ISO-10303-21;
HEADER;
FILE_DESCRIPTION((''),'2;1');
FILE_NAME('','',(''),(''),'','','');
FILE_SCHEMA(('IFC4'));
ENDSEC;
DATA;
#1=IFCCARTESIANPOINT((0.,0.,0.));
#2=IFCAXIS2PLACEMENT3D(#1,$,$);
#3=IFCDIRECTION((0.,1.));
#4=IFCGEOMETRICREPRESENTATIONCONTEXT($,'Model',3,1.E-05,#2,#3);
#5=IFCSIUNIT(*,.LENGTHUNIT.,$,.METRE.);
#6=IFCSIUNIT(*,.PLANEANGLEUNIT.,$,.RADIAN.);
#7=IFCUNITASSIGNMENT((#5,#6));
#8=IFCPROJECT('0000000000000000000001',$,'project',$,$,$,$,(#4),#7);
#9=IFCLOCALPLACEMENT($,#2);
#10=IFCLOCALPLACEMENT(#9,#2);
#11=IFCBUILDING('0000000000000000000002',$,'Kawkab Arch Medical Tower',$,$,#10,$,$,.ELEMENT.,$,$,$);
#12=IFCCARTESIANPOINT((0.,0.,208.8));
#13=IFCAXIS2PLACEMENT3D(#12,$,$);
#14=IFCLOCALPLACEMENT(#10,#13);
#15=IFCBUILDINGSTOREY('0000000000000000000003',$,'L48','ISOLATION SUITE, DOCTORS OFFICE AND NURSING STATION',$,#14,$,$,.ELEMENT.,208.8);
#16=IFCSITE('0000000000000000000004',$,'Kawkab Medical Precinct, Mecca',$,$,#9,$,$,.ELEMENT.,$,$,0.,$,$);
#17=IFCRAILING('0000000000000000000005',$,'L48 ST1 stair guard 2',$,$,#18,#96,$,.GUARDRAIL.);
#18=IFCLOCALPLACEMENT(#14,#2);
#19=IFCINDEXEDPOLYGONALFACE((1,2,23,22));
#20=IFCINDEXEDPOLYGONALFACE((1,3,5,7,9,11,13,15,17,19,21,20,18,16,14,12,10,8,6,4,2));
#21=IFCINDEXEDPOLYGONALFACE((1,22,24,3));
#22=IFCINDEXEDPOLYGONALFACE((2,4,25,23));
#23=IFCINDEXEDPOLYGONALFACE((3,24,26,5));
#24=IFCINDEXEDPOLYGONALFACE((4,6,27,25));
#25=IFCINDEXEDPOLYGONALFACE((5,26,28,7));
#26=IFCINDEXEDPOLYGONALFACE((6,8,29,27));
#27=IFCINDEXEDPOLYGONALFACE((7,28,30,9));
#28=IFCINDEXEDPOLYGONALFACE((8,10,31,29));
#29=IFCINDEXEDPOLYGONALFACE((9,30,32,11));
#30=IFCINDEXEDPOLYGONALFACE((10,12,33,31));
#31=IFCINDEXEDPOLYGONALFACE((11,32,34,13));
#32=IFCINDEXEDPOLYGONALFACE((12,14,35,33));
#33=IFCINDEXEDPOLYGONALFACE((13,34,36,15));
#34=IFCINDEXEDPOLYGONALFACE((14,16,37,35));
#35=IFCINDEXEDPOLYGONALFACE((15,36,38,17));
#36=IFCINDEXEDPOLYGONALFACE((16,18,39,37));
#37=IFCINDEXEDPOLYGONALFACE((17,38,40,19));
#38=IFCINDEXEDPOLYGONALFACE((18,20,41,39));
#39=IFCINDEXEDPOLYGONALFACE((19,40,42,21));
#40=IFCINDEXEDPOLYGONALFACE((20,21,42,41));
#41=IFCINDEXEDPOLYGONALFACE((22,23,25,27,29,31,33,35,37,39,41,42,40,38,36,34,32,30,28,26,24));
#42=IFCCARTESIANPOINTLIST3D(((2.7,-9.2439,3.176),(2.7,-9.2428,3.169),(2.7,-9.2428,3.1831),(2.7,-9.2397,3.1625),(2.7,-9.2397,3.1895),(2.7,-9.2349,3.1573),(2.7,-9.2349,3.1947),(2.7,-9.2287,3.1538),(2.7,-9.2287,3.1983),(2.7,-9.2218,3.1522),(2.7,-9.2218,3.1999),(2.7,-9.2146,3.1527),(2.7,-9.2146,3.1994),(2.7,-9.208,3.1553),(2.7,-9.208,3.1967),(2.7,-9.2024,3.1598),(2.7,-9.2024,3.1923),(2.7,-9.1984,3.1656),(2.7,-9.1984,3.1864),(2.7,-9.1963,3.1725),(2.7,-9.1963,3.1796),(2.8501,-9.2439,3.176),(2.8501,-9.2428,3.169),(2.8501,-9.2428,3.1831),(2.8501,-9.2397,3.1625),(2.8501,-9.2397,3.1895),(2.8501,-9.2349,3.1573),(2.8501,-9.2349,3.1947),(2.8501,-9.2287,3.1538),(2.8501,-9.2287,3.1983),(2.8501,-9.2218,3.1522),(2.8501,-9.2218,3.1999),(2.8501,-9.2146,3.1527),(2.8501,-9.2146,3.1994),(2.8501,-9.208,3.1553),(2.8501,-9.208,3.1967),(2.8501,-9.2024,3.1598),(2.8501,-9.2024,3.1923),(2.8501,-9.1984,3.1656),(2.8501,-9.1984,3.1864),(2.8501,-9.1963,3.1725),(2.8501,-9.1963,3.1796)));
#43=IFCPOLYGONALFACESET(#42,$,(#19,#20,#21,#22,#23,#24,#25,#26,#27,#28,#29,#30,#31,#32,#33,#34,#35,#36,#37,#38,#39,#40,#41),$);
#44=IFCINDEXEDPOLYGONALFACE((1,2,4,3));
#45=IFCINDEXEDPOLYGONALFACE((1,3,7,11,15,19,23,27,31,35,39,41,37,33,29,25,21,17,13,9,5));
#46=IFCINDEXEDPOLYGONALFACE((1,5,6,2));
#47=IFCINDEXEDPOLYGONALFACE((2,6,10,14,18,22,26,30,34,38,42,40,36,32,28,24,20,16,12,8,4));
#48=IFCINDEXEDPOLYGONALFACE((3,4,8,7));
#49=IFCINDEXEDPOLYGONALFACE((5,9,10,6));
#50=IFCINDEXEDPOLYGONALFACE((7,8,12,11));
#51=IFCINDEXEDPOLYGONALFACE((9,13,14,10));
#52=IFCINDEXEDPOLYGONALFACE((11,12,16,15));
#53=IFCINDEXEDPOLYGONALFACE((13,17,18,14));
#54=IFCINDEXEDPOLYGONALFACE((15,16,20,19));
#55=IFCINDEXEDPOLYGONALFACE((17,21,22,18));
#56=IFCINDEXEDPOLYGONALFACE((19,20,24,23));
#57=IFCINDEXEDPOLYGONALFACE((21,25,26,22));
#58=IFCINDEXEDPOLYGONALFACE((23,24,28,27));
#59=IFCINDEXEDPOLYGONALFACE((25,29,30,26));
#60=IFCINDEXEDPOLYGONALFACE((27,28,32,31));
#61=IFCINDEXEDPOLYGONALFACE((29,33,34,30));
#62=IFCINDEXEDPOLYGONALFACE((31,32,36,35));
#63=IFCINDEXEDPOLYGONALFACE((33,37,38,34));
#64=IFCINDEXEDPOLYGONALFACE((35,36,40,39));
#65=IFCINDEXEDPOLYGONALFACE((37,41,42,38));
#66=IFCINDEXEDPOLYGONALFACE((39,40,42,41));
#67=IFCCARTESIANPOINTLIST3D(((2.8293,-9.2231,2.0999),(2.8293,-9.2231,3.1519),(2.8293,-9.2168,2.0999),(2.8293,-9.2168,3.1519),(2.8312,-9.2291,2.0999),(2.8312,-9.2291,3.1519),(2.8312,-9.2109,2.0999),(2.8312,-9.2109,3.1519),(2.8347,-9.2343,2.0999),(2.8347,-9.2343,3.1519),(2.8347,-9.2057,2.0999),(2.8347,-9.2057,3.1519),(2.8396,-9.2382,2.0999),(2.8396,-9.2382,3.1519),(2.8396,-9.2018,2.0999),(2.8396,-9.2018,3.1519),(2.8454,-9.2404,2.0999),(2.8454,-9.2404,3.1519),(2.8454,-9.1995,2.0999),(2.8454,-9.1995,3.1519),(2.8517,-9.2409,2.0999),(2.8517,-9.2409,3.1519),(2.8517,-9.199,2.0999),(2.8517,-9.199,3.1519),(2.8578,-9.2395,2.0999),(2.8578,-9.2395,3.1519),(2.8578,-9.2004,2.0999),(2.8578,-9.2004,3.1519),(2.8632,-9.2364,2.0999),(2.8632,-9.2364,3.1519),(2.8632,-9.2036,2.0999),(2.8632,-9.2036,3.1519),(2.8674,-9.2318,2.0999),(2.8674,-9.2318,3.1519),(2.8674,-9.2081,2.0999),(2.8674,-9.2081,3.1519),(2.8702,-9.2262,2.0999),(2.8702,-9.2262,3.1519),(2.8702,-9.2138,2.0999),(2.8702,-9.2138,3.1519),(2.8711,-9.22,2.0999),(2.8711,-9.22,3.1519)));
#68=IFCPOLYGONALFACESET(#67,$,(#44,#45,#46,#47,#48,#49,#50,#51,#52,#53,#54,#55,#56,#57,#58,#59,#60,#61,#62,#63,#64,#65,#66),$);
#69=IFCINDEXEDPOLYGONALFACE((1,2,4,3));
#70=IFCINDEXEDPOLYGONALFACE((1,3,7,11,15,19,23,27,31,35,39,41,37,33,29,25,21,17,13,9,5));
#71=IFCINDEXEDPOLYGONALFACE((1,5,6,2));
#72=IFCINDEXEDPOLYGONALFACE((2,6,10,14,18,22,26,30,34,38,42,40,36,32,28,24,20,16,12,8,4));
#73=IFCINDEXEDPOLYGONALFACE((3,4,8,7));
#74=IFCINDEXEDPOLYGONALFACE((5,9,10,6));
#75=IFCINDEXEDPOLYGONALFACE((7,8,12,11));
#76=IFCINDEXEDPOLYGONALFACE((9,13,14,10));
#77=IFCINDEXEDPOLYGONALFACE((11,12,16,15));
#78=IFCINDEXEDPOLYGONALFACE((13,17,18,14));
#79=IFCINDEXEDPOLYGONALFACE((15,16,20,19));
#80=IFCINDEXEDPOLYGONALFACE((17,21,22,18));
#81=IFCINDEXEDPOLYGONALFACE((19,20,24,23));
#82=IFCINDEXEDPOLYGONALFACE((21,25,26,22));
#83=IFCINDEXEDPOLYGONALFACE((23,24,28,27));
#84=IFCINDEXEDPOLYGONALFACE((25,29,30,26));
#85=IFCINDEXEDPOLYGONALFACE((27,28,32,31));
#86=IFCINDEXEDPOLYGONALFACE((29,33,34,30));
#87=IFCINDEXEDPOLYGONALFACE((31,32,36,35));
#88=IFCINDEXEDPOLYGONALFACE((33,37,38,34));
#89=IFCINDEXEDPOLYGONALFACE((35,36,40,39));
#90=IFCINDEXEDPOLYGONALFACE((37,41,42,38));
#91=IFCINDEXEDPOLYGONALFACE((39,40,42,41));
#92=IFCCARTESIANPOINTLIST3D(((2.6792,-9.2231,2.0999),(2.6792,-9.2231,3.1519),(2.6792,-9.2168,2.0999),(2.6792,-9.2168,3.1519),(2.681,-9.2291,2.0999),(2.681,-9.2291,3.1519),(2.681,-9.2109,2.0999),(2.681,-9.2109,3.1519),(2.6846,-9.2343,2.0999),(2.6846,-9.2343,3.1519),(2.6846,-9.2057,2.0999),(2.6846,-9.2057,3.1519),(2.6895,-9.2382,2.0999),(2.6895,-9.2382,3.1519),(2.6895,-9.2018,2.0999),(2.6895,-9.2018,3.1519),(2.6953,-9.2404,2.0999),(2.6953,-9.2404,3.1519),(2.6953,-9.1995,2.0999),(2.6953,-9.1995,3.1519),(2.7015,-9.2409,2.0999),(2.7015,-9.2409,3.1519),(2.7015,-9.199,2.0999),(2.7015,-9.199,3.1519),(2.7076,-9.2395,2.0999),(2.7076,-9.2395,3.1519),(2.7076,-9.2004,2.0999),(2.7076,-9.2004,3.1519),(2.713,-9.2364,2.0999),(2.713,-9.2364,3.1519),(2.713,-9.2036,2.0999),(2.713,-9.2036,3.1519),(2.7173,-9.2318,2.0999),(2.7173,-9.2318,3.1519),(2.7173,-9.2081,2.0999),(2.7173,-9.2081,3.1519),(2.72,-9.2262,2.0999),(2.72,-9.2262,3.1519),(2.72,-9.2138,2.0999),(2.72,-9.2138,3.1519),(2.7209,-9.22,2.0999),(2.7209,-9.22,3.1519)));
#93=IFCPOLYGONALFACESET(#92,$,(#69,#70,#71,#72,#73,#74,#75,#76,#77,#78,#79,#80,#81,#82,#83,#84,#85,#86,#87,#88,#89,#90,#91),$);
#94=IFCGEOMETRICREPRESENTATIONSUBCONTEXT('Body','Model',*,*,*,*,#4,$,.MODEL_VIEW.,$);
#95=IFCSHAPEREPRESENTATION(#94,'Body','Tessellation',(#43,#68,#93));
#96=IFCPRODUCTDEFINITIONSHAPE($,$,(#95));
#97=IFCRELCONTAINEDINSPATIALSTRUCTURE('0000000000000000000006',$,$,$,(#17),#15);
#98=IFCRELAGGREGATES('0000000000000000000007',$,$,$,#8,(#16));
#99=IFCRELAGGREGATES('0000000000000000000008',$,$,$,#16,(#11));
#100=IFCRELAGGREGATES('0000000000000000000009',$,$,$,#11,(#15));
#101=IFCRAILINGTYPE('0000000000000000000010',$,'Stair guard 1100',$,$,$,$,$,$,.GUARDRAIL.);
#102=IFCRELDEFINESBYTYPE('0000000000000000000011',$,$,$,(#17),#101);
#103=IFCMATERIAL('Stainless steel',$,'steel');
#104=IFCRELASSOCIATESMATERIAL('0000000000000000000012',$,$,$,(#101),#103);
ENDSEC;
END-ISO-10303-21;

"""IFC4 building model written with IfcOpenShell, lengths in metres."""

from ifc_helpers import new_model, si_unit, direction, frame, origin, origin_2d, place, context, subcontext, project, spatial, circle, extrude, material, type_object, element, save


model = new_model("IFC4")

# Units and contexts
model_context = context("Model", 3, precision=1e-05, world=origin(), true_north=direction((0.0, 1.0)))
body_context = subcontext(model_context, "Body", "Model", "MODEL_VIEW")
ifc_project = project(units=[si_unit("LENGTHUNIT", "METRE"), si_unit("PLANEANGLEUNIT", "RADIAN")], contexts=[model_context])

# Site, building, storey
site_placement = place(None, origin())
site = spatial("IfcSite", under=ifc_project, at=site_placement, Name="Kawkab Medical Precinct, Mecca", CompositionType="ELEMENT", RefElevation=0.0)
building_placement = place(site_placement, origin())
building = spatial("IfcBuilding", under=site, at=building_placement, Name="Kawkab Arch Medical Tower", CompositionType="ELEMENT")
storey_placement = place(building_placement, frame((0.0, 0.0, 208.8)))
storey = spatial("IfcBuildingStorey", under=building, at=storey_placement, Name="L48", Description="ISOLATION SUITE, DOCTORS OFFICE AND NURSING STATION", CompositionType="ELEMENT", Elevation=208.8)

# Railing
ifc_material_1 = material(Name="Stainless steel", Category="steel")
railing_type = type_object("IfcRailingType", Name="Stair guard 1100", PredefinedType="GUARDRAIL", material=ifc_material_1)
railing_1_placement = place(storey_placement, frame((2.8501, -9.22, 2.0999)))
element("IfcRailing", 1, at=railing_1_placement, inside=storey, type_object=railing_type, Name="L48 ST1 stair guard 2", PredefinedType="GUARDRAIL", context=body_context, shape_type="SweptSolid", body=[
    extrude(circle(Radius=0.0239, at=origin_2d()), frame((0.0, 0.0, 1.0762), z_axis=(-1.0, 0.0, 0.0), x_axis=(0.0, -1.0, 0.0)), (0.0, 0.0, 1.0), 0.1501),
    extrude(circle(Radius=0.021, at=origin_2d()), origin(), (0.0, 0.0, 1.0), 1.052),
    extrude(circle(Radius=0.021, at=origin_2d()), frame((-0.1501, 0.0, 0.0)), (0.0, 0.0, 1.0), 1.052),
])

save(model, "model.ifc")
